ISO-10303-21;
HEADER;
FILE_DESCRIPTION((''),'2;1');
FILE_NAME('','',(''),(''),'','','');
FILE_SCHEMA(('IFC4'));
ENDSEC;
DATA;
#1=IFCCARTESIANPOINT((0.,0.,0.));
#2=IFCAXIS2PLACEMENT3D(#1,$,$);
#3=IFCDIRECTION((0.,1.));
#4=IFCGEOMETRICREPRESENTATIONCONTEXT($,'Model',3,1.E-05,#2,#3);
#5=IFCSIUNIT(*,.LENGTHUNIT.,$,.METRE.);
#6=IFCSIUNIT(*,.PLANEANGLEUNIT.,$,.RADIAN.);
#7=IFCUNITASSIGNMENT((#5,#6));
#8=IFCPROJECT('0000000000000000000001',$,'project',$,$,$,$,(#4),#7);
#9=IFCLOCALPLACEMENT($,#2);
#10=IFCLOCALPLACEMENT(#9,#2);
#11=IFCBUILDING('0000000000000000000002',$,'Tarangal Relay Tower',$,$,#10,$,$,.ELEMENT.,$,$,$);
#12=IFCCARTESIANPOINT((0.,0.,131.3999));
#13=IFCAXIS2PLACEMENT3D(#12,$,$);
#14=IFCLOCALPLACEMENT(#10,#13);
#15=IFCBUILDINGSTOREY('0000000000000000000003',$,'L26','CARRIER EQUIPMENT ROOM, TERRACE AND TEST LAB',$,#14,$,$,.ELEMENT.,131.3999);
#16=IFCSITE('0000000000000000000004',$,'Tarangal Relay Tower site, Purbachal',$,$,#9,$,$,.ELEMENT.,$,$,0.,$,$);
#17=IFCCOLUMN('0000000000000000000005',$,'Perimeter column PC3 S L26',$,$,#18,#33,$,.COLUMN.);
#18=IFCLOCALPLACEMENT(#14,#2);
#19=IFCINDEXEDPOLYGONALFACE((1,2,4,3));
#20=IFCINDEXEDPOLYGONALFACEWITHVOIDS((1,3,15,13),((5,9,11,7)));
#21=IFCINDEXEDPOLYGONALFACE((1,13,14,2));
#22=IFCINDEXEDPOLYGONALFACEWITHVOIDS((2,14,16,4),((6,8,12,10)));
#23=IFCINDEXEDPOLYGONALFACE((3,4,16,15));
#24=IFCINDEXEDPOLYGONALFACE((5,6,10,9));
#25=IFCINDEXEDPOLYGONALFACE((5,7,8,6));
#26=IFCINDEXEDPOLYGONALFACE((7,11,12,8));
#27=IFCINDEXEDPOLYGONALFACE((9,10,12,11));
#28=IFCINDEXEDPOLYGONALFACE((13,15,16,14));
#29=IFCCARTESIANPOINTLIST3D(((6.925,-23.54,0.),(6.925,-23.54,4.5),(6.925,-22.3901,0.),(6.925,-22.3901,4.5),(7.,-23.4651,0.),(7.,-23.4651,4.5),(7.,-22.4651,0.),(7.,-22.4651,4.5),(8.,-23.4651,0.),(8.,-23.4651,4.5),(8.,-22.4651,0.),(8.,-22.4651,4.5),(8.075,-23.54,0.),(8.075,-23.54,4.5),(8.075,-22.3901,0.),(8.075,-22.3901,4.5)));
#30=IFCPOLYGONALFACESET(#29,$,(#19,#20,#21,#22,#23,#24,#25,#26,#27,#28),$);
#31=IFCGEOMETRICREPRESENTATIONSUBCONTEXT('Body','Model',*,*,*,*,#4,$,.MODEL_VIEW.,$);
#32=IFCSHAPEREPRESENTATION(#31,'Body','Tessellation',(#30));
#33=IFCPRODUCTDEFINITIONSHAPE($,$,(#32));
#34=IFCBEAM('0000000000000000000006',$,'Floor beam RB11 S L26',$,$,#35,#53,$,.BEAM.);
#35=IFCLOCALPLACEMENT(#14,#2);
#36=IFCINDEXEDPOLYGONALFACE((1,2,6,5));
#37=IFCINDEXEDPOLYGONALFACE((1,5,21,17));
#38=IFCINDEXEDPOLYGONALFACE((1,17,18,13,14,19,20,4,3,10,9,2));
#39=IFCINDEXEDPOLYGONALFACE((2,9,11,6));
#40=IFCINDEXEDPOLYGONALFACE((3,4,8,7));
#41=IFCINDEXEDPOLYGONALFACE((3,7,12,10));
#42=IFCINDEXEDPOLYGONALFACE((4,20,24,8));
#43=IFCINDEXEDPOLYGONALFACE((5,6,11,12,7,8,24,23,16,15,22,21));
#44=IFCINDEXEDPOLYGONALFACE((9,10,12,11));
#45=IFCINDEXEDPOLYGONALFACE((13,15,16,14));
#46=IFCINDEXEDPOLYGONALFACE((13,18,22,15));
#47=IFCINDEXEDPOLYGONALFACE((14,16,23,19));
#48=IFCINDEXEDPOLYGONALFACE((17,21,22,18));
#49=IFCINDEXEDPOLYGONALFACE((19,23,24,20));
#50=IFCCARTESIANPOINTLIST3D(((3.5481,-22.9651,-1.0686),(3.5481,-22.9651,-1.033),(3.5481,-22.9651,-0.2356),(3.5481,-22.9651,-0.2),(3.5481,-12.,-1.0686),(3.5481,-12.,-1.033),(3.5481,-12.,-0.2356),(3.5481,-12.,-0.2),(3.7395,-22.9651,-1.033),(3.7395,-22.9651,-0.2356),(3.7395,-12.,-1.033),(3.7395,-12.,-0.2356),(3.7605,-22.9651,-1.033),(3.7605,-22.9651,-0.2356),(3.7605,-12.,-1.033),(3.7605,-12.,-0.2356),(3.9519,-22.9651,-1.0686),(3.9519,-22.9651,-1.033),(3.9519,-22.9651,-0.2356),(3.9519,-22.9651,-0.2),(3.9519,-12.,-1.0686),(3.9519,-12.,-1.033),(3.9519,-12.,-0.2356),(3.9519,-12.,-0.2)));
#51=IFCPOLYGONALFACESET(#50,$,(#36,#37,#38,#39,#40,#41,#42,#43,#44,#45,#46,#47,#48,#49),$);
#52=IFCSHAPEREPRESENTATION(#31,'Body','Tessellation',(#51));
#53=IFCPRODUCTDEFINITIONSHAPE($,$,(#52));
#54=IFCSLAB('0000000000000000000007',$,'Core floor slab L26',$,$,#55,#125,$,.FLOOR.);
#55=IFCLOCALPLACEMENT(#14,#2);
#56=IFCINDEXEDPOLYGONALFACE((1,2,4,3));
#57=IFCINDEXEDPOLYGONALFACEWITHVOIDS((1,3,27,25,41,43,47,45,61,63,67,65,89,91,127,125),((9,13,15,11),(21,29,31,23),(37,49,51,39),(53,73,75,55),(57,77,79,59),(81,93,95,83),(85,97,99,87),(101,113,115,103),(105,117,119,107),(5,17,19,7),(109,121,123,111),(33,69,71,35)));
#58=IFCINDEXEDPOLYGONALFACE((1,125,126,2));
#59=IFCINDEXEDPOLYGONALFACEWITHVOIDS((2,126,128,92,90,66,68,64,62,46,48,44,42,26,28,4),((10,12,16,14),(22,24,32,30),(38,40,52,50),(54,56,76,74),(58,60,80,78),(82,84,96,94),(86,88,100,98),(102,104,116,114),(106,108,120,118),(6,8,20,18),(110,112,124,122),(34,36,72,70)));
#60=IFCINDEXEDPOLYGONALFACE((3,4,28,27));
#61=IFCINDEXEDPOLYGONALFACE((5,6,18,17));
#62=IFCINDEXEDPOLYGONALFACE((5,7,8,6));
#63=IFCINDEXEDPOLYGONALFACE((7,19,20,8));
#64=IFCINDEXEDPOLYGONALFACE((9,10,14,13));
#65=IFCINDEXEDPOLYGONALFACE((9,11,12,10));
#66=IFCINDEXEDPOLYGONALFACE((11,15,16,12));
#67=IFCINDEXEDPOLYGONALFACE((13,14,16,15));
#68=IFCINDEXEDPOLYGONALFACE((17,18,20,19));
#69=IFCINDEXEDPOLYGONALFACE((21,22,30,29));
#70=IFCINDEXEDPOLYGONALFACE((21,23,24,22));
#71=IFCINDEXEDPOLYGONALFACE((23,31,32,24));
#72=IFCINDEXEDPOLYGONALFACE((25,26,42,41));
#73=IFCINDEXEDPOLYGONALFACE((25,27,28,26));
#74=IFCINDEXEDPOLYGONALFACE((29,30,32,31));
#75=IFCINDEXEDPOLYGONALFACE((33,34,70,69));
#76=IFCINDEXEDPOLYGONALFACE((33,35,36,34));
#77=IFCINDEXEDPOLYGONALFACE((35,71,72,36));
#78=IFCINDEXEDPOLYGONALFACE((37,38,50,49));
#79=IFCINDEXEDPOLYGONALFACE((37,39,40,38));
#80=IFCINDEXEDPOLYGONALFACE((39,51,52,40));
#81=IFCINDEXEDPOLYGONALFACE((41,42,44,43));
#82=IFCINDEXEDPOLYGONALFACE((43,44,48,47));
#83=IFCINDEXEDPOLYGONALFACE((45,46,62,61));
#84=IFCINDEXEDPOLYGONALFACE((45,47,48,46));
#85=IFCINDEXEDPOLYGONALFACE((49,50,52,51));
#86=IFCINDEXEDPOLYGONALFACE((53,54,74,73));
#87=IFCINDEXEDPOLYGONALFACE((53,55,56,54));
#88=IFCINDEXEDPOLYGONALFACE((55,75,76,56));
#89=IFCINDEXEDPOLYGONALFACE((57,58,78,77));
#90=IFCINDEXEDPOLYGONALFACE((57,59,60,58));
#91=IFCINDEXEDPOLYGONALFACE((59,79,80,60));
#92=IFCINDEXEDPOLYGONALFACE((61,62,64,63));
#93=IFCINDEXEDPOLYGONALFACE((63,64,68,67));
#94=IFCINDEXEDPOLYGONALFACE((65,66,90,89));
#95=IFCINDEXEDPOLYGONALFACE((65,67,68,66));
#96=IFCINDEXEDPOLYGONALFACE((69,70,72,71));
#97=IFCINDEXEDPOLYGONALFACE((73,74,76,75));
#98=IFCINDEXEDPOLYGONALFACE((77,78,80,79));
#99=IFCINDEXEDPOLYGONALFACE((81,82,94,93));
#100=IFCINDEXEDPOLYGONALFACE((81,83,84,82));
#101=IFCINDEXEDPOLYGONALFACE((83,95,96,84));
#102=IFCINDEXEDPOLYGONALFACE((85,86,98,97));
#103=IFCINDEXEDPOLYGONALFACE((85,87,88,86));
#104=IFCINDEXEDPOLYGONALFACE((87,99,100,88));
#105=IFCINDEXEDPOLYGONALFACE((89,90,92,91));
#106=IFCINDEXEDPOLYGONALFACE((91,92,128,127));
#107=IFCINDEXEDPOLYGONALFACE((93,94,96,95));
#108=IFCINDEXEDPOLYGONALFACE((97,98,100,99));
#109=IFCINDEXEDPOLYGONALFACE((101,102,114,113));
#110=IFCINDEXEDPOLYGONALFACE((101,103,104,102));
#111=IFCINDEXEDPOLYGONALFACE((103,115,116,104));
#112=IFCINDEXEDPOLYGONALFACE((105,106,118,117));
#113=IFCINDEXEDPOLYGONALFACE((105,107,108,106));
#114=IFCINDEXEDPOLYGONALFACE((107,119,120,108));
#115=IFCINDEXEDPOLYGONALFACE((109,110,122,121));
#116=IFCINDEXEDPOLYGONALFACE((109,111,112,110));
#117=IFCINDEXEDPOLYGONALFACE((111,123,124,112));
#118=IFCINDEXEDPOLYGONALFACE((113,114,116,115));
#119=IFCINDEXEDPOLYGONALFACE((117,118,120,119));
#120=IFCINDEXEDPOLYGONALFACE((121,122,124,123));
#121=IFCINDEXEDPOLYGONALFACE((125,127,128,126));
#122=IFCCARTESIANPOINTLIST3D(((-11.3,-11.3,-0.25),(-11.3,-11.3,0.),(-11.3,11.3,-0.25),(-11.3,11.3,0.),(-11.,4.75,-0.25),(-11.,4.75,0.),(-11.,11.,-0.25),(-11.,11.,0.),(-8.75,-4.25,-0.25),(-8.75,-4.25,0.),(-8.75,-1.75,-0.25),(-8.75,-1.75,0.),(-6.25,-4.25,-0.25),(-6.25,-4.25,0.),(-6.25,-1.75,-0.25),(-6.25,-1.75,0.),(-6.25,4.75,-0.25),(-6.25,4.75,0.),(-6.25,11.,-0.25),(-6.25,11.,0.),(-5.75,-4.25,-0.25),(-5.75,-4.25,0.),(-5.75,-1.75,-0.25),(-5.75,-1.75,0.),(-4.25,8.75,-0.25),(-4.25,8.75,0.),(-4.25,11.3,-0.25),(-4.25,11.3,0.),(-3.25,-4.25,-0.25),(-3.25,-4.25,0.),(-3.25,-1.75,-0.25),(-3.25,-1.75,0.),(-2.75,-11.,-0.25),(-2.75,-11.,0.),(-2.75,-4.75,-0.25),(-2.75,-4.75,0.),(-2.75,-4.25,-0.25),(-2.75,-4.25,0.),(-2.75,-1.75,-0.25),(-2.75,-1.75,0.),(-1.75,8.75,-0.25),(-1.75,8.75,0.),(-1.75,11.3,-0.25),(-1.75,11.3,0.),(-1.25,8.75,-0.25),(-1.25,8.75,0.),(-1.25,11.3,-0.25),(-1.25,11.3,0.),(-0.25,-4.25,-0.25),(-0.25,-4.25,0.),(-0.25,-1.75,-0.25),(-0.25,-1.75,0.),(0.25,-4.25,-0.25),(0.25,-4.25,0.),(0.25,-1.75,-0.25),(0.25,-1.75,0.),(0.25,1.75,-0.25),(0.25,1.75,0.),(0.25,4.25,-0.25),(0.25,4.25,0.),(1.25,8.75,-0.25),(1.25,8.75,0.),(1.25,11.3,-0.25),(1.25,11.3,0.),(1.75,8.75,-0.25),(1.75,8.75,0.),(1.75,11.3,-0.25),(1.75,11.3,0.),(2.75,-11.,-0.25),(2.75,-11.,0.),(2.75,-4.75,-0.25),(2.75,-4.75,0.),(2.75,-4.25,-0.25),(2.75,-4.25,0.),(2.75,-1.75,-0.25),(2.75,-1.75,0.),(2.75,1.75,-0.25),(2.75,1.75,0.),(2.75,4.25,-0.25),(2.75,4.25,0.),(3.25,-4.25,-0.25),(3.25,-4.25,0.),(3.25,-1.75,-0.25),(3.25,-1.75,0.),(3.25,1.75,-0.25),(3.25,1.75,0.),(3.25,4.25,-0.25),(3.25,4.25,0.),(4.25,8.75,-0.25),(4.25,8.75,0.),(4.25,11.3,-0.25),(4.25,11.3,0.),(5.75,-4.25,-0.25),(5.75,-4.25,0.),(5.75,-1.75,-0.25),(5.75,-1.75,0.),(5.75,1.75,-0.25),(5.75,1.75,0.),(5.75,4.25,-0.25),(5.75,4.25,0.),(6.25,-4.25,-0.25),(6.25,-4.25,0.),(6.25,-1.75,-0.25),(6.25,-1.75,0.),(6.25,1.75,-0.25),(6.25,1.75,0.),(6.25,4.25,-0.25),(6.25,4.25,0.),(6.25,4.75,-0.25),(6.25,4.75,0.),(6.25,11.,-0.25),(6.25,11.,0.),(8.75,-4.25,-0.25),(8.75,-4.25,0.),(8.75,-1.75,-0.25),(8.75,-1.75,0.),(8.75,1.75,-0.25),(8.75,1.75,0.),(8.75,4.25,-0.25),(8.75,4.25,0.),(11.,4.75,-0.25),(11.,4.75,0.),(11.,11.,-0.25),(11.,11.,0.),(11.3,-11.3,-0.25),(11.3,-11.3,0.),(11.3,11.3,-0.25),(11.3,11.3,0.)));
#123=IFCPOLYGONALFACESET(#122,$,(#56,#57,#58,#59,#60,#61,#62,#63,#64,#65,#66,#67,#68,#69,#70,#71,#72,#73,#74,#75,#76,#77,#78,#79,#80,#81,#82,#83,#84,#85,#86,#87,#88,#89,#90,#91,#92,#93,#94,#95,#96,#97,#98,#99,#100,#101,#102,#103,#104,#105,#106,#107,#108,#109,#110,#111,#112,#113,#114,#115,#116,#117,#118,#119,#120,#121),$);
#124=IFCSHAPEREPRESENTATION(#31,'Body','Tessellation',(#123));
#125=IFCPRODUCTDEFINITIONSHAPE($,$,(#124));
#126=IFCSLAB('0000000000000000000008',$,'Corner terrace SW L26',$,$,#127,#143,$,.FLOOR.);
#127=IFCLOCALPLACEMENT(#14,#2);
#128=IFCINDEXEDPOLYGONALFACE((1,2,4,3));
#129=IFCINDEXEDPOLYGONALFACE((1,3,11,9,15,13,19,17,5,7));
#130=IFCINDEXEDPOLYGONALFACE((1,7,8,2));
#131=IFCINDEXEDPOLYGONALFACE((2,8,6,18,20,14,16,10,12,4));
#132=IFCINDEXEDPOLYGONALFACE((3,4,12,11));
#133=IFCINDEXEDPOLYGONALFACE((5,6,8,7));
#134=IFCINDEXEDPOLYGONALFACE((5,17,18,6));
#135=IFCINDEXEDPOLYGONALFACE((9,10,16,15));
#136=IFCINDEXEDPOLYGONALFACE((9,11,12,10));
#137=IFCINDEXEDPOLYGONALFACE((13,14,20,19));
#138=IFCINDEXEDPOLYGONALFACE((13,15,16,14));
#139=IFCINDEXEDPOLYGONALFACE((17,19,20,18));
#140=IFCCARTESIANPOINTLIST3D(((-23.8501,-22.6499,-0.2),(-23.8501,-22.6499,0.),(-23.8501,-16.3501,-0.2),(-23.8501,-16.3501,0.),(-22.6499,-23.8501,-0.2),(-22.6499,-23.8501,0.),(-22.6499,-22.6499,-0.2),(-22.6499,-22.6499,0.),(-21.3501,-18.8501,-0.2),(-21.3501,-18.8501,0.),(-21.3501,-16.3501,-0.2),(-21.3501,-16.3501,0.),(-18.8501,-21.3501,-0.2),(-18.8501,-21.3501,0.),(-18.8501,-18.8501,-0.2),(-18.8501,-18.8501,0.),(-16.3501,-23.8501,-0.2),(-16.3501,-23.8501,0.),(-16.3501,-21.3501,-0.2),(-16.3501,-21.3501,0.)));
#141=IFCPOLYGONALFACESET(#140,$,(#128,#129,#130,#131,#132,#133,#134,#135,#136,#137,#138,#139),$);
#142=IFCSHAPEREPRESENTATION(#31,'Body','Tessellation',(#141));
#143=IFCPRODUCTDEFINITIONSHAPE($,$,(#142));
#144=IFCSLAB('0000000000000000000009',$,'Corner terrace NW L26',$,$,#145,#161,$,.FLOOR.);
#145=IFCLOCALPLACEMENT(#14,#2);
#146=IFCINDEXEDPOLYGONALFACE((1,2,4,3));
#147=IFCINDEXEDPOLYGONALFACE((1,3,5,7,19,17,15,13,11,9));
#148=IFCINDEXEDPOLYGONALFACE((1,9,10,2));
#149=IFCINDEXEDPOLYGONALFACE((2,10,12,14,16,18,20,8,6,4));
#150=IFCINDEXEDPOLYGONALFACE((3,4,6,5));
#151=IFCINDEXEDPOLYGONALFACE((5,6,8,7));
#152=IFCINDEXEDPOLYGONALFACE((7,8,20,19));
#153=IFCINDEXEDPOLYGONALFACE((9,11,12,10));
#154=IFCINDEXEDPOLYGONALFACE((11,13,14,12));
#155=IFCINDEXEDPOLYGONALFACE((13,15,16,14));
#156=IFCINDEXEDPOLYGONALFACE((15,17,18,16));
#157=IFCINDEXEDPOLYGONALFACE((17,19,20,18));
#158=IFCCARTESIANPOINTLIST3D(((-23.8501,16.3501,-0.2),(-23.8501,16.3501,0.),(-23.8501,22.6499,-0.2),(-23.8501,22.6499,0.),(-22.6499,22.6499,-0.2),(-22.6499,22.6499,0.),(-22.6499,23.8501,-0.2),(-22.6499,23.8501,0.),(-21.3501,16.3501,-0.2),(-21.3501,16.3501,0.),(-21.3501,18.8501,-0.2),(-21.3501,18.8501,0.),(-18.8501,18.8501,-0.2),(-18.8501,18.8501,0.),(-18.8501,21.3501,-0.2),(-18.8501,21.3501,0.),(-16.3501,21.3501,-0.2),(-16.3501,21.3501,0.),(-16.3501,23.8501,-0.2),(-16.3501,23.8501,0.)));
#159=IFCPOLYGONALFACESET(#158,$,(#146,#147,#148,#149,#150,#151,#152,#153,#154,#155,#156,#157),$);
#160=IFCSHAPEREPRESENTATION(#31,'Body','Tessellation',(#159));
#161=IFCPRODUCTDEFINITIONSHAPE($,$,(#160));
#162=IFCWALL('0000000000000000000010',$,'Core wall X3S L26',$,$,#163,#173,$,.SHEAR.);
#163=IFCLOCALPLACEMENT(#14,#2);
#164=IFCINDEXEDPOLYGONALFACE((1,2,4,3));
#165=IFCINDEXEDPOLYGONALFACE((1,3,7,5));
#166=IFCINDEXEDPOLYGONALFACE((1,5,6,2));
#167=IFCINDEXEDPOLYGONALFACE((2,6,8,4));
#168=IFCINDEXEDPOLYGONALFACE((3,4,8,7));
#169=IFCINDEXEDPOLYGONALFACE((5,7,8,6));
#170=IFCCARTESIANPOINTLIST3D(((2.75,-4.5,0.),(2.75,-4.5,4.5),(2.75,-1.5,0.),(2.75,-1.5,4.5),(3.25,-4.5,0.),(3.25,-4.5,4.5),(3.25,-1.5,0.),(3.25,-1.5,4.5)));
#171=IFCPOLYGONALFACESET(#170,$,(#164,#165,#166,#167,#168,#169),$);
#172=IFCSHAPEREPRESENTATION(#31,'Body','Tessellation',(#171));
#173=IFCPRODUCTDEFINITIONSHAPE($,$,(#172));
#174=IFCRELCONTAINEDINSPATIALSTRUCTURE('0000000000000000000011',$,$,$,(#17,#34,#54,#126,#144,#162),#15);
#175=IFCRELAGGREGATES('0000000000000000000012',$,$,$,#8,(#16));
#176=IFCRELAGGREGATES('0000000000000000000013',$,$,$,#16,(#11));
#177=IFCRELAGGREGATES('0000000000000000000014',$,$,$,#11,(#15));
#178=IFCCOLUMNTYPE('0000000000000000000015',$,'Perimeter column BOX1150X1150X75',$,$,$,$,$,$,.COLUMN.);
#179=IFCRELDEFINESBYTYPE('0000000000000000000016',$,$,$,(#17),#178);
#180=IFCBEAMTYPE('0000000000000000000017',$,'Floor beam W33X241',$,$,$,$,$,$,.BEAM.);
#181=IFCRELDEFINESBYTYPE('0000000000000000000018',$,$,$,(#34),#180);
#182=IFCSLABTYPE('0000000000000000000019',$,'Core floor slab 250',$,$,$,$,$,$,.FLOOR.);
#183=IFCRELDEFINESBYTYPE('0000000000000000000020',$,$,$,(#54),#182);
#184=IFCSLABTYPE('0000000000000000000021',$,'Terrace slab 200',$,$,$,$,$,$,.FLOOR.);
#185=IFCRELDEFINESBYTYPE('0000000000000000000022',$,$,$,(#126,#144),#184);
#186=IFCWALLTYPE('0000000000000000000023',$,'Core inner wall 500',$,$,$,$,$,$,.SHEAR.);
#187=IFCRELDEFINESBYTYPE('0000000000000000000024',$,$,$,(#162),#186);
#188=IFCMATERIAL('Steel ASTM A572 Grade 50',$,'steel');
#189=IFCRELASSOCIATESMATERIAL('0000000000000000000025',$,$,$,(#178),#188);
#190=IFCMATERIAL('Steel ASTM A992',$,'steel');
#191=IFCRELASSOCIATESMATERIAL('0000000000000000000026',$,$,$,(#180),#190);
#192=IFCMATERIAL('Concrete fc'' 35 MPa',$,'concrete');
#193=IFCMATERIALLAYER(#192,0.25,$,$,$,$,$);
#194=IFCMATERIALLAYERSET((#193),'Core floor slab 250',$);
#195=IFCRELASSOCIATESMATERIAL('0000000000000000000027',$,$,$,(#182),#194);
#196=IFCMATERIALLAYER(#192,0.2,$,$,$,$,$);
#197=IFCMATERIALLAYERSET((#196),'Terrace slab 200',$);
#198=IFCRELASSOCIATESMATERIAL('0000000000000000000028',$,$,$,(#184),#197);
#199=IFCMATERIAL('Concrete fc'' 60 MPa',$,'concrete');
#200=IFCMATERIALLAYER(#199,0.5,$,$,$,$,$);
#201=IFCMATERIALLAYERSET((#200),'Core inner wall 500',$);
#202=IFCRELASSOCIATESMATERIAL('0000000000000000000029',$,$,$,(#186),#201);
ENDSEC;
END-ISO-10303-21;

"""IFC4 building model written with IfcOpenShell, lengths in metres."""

from ifc_helpers import new_model, si_unit, direction, frame, frame_2d, origin, origin_2d, place, context, subcontext, project, spatial, polyline, rectangle, hollow_rectangle, i_section, outline, extrude, material, layer, layer_set, material_profile, profile_set, type_object, element, save


model = new_model("IFC4")

# Units and contexts
model_context = context("Model", 3, precision=1e-05, world=origin(), true_north=direction((0.0, 1.0)))
body_context = subcontext(model_context, "Body", "Model", "MODEL_VIEW")
ifc_project = project(units=[si_unit("LENGTHUNIT", "METRE"), si_unit("PLANEANGLEUNIT", "RADIAN")], contexts=[model_context])

# Site, building, storey
site_placement = place(None, origin())
site = spatial("IfcSite", under=ifc_project, at=site_placement, Name="Tarangal Relay Tower site, Purbachal", CompositionType="ELEMENT", RefElevation=0.0)
building_placement = place(site_placement, origin())
building = spatial("IfcBuilding", under=site, at=building_placement, Name="Tarangal Relay Tower", CompositionType="ELEMENT")
storey_placement = place(building_placement, frame((0.0, 0.0, 131.3999)))
storey = spatial("IfcBuildingStorey", under=building, at=storey_placement, Name="L26", Description="CARRIER EQUIPMENT ROOM, TERRACE AND TEST LAB", CompositionType="ELEMENT", Elevation=131.3999)

# Column
ifc_material_1 = material(Name="Steel ASTM A572 Grade 50", Category="steel")
ifc_material_profile_1 = material_profile(ifc_material_1, hollow_rectangle(XDim=1.1499, YDim=1.1499, WallThickness=0.075, at=origin_2d()), Name="BOX1150X1150X75")
ifc_profile_set_1 = profile_set([ifc_material_profile_1], Name="Steel ASTM A572 Grade 50")
column_type = type_object("IfcColumnType", Name="Perimeter column BOX1150X1150X75", PredefinedType="COLUMN", material=ifc_profile_set_1)
column_placement = place(storey_placement, frame((7.5, -22.9651, 0.0), z_axis=(0.0, 0.0, 1.0), x_axis=(1.0, 0.0, 0.0)))
element("IfcColumn", 1, at=column_placement, inside=storey, type_object=column_type, Name="Perimeter column PC3 S L26", PredefinedType="COLUMN", context=body_context, shape_type="SweptSolid", body=[
    extrude(hollow_rectangle(XDim=1.1499, YDim=1.1499, WallThickness=0.075, at=origin_2d()), origin(), (0.0, 0.0, 1.0), 4.5),
])

# Beam
ifc_material_2 = material(Name="Steel ASTM A992", Category="steel")
ifc_material_profile_2 = material_profile(ifc_material_2, i_section(OverallWidth=0.4038, OverallDepth=0.8687, WebThickness=0.021, FlangeThickness=0.0356, at=origin_2d()), Name="W33X241")
ifc_profile_set_2 = profile_set([ifc_material_profile_2], Name="Steel ASTM A992")
beam_type = type_object("IfcBeamType", Name="Floor beam W33X241", PredefinedType="BEAM", material=ifc_profile_set_2)
beam_placement = place(storey_placement, frame((3.75, -12.0, -0.6343), z_axis=(0.0, -1.0, 0.0), x_axis=(1.0, 0.0, 0.0)))
element("IfcBeam", 2, at=beam_placement, inside=storey, type_object=beam_type, Name="Floor beam RB11 S L26", PredefinedType="BEAM", context=body_context, shape_type="SweptSolid", body=[
    extrude(i_section(OverallWidth=0.4038, OverallDepth=0.8687, WebThickness=0.021, FlangeThickness=0.0356, at=origin_2d()), origin(), (0.0, 0.0, 1.0), 10.9651),
])

# Slabs
ifc_material_3 = material(Name="Concrete fc' 35 MPa", Category="concrete")
ifc_layer_1 = layer(ifc_material_3, 0.25)
ifc_layer_set_1 = layer_set([ifc_layer_1], Name="Core floor slab 250")
slab_type_1 = type_object("IfcSlabType", Name="Core floor slab 250", PredefinedType="FLOOR", material=ifc_layer_set_1)
slab_1_placement = place(storey_placement, frame((0.0, 0.0, -0.25)))
element("IfcSlab", 3, at=slab_1_placement, inside=storey, type_object=slab_type_1, Name="Core floor slab L26", PredefinedType="FLOOR", context=body_context, shape_type="SweptSolid", body=[
    extrude(outline(polyline([(11.3, 11.3), (11.3, -11.3), (-11.3, -11.3), (-11.3, 11.3), (-4.25, 11.3), (-4.25, 8.75), (-1.75, 8.75), (-1.75, 11.3), (-1.25, 11.3), (-1.25, 8.75), (1.25, 8.75), (1.25, 11.3), (1.75, 11.3), (1.75, 8.75), (4.25, 8.75), (4.25, 11.3), (11.3, 11.3)]), holes=[polyline([(2.75, -4.75), (-2.75, -4.75), (-2.75, -11.0), (2.75, -11.0), (2.75, -4.75)]), polyline([(-6.25, -4.25), (-6.25, -1.75), (-8.75, -1.75), (-8.75, -4.25), (-6.25, -4.25)]), polyline([(-3.25, -4.25), (-3.25, -1.75), (-5.75, -1.75), (-5.75, -4.25), (-3.25, -4.25)]), polyline([(-0.25, -4.25), (-0.25, -1.75), (-2.75, -1.75), (-2.75, -4.25), (-0.25, -4.25)]), polyline([(2.75, 1.75), (2.75, 4.25), (0.25, 4.25), (0.25, 1.75), (2.75, 1.75)]), polyline([(-6.25, 4.75), (-6.25, 11.0), (-11.0, 11.0), (-11.0, 4.75), (-6.25, 4.75)]), polyline([(2.75, -4.25), (2.75, -1.75), (0.25, -1.75), (0.25, -4.25), (2.75, -4.25)]), polyline([(5.75, -4.25), (5.75, -1.75), (3.25, -1.75), (3.25, -4.25), (5.75, -4.25)]), polyline([(8.75, -4.25), (8.75, -1.75), (6.25, -1.75), (6.25, -4.25), (8.75, -4.25)]), polyline([(5.75, 1.75), (5.75, 4.25), (3.25, 4.25), (3.25, 1.75), (5.75, 1.75)]), polyline([(8.75, 1.75), (8.75, 4.25), (6.25, 4.25), (6.25, 1.75), (8.75, 1.75)]), polyline([(11.0, 4.75), (11.0, 11.0), (6.25, 11.0), (6.25, 4.75), (11.0, 4.75)])]), origin(), (0.0, 0.0, 1.0), 0.25),
])
ifc_layer_2 = layer(ifc_material_3, 0.2)
ifc_layer_set_2 = layer_set([ifc_layer_2], Name="Terrace slab 200")
slab_type_2 = type_object("IfcSlabType", Name="Terrace slab 200", PredefinedType="FLOOR", material=ifc_layer_set_2)
slab_2_placement = place(storey_placement, frame((0.0, 0.0, -0.2)))
element("IfcSlab", 4, at=slab_2_placement, inside=storey, type_object=slab_type_2, Name="Corner terrace SW L26", PredefinedType="FLOOR", context=body_context, shape_type="SweptSolid", body=[
    extrude(outline(polyline([(-16.3501, -23.8501), (-16.3501, -21.3501), (-18.8501, -21.3501), (-18.8501, -18.8501), (-21.3501, -18.8501), (-21.3501, -16.3501), (-23.8501, -16.3501), (-23.8501, -22.6499), (-22.6499, -22.6499), (-22.6499, -23.8501), (-16.3501, -23.8501)])), origin(), (0.0, 0.0, 1.0), 0.2),
])
slab_3_placement = place(storey_placement, frame((0.0, 0.0, -0.2)))
element("IfcSlab", 5, at=slab_3_placement, inside=storey, type_object=slab_type_2, Name="Corner terrace NW L26", PredefinedType="FLOOR", context=body_context, shape_type="SweptSolid", body=[
    extrude(outline(polyline([(-23.8501, 16.3501), (-21.3501, 16.3501), (-21.3501, 18.8501), (-18.8501, 18.8501), (-18.8501, 21.3501), (-16.3501, 21.3501), (-16.3501, 23.8501), (-22.6499, 23.8501), (-22.6499, 22.6499), (-23.8501, 22.6499), (-23.8501, 16.3501)])), origin(), (0.0, 0.0, 1.0), 0.2),
])

# Wall
ifc_material_4 = material(Name="Concrete fc' 60 MPa", Category="concrete")
ifc_layer_3 = layer(ifc_material_4, 0.5)
ifc_layer_set_3 = layer_set([ifc_layer_3], Name="Core inner wall 500")
wall_type_1 = type_object("IfcWallType", Name="Core inner wall 500", PredefinedType="SHEAR", material=ifc_layer_set_3)
for number, where, z_axis, x_axis, name in (
    (6, (3.0, -4.5, 0.0), (0.0, 0.0, 1.0), (0.0, 1.0, 0.0), "Core wall X3S L26"),
):
    element("IfcWall", number, at=place(storey_placement, frame(where, z_axis=z_axis, x_axis=x_axis)), inside=storey, type_object=wall_type_1, Name=name, PredefinedType="SHEAR", context=body_context, shape_type="SweptSolid", body=[
        extrude(rectangle(XDim=3.0, YDim=0.5, at=frame_2d((1.5, 0.0))), origin(), (0.0, 0.0, 1.0), 4.5),
    ])

save(model, "model.ifc")
